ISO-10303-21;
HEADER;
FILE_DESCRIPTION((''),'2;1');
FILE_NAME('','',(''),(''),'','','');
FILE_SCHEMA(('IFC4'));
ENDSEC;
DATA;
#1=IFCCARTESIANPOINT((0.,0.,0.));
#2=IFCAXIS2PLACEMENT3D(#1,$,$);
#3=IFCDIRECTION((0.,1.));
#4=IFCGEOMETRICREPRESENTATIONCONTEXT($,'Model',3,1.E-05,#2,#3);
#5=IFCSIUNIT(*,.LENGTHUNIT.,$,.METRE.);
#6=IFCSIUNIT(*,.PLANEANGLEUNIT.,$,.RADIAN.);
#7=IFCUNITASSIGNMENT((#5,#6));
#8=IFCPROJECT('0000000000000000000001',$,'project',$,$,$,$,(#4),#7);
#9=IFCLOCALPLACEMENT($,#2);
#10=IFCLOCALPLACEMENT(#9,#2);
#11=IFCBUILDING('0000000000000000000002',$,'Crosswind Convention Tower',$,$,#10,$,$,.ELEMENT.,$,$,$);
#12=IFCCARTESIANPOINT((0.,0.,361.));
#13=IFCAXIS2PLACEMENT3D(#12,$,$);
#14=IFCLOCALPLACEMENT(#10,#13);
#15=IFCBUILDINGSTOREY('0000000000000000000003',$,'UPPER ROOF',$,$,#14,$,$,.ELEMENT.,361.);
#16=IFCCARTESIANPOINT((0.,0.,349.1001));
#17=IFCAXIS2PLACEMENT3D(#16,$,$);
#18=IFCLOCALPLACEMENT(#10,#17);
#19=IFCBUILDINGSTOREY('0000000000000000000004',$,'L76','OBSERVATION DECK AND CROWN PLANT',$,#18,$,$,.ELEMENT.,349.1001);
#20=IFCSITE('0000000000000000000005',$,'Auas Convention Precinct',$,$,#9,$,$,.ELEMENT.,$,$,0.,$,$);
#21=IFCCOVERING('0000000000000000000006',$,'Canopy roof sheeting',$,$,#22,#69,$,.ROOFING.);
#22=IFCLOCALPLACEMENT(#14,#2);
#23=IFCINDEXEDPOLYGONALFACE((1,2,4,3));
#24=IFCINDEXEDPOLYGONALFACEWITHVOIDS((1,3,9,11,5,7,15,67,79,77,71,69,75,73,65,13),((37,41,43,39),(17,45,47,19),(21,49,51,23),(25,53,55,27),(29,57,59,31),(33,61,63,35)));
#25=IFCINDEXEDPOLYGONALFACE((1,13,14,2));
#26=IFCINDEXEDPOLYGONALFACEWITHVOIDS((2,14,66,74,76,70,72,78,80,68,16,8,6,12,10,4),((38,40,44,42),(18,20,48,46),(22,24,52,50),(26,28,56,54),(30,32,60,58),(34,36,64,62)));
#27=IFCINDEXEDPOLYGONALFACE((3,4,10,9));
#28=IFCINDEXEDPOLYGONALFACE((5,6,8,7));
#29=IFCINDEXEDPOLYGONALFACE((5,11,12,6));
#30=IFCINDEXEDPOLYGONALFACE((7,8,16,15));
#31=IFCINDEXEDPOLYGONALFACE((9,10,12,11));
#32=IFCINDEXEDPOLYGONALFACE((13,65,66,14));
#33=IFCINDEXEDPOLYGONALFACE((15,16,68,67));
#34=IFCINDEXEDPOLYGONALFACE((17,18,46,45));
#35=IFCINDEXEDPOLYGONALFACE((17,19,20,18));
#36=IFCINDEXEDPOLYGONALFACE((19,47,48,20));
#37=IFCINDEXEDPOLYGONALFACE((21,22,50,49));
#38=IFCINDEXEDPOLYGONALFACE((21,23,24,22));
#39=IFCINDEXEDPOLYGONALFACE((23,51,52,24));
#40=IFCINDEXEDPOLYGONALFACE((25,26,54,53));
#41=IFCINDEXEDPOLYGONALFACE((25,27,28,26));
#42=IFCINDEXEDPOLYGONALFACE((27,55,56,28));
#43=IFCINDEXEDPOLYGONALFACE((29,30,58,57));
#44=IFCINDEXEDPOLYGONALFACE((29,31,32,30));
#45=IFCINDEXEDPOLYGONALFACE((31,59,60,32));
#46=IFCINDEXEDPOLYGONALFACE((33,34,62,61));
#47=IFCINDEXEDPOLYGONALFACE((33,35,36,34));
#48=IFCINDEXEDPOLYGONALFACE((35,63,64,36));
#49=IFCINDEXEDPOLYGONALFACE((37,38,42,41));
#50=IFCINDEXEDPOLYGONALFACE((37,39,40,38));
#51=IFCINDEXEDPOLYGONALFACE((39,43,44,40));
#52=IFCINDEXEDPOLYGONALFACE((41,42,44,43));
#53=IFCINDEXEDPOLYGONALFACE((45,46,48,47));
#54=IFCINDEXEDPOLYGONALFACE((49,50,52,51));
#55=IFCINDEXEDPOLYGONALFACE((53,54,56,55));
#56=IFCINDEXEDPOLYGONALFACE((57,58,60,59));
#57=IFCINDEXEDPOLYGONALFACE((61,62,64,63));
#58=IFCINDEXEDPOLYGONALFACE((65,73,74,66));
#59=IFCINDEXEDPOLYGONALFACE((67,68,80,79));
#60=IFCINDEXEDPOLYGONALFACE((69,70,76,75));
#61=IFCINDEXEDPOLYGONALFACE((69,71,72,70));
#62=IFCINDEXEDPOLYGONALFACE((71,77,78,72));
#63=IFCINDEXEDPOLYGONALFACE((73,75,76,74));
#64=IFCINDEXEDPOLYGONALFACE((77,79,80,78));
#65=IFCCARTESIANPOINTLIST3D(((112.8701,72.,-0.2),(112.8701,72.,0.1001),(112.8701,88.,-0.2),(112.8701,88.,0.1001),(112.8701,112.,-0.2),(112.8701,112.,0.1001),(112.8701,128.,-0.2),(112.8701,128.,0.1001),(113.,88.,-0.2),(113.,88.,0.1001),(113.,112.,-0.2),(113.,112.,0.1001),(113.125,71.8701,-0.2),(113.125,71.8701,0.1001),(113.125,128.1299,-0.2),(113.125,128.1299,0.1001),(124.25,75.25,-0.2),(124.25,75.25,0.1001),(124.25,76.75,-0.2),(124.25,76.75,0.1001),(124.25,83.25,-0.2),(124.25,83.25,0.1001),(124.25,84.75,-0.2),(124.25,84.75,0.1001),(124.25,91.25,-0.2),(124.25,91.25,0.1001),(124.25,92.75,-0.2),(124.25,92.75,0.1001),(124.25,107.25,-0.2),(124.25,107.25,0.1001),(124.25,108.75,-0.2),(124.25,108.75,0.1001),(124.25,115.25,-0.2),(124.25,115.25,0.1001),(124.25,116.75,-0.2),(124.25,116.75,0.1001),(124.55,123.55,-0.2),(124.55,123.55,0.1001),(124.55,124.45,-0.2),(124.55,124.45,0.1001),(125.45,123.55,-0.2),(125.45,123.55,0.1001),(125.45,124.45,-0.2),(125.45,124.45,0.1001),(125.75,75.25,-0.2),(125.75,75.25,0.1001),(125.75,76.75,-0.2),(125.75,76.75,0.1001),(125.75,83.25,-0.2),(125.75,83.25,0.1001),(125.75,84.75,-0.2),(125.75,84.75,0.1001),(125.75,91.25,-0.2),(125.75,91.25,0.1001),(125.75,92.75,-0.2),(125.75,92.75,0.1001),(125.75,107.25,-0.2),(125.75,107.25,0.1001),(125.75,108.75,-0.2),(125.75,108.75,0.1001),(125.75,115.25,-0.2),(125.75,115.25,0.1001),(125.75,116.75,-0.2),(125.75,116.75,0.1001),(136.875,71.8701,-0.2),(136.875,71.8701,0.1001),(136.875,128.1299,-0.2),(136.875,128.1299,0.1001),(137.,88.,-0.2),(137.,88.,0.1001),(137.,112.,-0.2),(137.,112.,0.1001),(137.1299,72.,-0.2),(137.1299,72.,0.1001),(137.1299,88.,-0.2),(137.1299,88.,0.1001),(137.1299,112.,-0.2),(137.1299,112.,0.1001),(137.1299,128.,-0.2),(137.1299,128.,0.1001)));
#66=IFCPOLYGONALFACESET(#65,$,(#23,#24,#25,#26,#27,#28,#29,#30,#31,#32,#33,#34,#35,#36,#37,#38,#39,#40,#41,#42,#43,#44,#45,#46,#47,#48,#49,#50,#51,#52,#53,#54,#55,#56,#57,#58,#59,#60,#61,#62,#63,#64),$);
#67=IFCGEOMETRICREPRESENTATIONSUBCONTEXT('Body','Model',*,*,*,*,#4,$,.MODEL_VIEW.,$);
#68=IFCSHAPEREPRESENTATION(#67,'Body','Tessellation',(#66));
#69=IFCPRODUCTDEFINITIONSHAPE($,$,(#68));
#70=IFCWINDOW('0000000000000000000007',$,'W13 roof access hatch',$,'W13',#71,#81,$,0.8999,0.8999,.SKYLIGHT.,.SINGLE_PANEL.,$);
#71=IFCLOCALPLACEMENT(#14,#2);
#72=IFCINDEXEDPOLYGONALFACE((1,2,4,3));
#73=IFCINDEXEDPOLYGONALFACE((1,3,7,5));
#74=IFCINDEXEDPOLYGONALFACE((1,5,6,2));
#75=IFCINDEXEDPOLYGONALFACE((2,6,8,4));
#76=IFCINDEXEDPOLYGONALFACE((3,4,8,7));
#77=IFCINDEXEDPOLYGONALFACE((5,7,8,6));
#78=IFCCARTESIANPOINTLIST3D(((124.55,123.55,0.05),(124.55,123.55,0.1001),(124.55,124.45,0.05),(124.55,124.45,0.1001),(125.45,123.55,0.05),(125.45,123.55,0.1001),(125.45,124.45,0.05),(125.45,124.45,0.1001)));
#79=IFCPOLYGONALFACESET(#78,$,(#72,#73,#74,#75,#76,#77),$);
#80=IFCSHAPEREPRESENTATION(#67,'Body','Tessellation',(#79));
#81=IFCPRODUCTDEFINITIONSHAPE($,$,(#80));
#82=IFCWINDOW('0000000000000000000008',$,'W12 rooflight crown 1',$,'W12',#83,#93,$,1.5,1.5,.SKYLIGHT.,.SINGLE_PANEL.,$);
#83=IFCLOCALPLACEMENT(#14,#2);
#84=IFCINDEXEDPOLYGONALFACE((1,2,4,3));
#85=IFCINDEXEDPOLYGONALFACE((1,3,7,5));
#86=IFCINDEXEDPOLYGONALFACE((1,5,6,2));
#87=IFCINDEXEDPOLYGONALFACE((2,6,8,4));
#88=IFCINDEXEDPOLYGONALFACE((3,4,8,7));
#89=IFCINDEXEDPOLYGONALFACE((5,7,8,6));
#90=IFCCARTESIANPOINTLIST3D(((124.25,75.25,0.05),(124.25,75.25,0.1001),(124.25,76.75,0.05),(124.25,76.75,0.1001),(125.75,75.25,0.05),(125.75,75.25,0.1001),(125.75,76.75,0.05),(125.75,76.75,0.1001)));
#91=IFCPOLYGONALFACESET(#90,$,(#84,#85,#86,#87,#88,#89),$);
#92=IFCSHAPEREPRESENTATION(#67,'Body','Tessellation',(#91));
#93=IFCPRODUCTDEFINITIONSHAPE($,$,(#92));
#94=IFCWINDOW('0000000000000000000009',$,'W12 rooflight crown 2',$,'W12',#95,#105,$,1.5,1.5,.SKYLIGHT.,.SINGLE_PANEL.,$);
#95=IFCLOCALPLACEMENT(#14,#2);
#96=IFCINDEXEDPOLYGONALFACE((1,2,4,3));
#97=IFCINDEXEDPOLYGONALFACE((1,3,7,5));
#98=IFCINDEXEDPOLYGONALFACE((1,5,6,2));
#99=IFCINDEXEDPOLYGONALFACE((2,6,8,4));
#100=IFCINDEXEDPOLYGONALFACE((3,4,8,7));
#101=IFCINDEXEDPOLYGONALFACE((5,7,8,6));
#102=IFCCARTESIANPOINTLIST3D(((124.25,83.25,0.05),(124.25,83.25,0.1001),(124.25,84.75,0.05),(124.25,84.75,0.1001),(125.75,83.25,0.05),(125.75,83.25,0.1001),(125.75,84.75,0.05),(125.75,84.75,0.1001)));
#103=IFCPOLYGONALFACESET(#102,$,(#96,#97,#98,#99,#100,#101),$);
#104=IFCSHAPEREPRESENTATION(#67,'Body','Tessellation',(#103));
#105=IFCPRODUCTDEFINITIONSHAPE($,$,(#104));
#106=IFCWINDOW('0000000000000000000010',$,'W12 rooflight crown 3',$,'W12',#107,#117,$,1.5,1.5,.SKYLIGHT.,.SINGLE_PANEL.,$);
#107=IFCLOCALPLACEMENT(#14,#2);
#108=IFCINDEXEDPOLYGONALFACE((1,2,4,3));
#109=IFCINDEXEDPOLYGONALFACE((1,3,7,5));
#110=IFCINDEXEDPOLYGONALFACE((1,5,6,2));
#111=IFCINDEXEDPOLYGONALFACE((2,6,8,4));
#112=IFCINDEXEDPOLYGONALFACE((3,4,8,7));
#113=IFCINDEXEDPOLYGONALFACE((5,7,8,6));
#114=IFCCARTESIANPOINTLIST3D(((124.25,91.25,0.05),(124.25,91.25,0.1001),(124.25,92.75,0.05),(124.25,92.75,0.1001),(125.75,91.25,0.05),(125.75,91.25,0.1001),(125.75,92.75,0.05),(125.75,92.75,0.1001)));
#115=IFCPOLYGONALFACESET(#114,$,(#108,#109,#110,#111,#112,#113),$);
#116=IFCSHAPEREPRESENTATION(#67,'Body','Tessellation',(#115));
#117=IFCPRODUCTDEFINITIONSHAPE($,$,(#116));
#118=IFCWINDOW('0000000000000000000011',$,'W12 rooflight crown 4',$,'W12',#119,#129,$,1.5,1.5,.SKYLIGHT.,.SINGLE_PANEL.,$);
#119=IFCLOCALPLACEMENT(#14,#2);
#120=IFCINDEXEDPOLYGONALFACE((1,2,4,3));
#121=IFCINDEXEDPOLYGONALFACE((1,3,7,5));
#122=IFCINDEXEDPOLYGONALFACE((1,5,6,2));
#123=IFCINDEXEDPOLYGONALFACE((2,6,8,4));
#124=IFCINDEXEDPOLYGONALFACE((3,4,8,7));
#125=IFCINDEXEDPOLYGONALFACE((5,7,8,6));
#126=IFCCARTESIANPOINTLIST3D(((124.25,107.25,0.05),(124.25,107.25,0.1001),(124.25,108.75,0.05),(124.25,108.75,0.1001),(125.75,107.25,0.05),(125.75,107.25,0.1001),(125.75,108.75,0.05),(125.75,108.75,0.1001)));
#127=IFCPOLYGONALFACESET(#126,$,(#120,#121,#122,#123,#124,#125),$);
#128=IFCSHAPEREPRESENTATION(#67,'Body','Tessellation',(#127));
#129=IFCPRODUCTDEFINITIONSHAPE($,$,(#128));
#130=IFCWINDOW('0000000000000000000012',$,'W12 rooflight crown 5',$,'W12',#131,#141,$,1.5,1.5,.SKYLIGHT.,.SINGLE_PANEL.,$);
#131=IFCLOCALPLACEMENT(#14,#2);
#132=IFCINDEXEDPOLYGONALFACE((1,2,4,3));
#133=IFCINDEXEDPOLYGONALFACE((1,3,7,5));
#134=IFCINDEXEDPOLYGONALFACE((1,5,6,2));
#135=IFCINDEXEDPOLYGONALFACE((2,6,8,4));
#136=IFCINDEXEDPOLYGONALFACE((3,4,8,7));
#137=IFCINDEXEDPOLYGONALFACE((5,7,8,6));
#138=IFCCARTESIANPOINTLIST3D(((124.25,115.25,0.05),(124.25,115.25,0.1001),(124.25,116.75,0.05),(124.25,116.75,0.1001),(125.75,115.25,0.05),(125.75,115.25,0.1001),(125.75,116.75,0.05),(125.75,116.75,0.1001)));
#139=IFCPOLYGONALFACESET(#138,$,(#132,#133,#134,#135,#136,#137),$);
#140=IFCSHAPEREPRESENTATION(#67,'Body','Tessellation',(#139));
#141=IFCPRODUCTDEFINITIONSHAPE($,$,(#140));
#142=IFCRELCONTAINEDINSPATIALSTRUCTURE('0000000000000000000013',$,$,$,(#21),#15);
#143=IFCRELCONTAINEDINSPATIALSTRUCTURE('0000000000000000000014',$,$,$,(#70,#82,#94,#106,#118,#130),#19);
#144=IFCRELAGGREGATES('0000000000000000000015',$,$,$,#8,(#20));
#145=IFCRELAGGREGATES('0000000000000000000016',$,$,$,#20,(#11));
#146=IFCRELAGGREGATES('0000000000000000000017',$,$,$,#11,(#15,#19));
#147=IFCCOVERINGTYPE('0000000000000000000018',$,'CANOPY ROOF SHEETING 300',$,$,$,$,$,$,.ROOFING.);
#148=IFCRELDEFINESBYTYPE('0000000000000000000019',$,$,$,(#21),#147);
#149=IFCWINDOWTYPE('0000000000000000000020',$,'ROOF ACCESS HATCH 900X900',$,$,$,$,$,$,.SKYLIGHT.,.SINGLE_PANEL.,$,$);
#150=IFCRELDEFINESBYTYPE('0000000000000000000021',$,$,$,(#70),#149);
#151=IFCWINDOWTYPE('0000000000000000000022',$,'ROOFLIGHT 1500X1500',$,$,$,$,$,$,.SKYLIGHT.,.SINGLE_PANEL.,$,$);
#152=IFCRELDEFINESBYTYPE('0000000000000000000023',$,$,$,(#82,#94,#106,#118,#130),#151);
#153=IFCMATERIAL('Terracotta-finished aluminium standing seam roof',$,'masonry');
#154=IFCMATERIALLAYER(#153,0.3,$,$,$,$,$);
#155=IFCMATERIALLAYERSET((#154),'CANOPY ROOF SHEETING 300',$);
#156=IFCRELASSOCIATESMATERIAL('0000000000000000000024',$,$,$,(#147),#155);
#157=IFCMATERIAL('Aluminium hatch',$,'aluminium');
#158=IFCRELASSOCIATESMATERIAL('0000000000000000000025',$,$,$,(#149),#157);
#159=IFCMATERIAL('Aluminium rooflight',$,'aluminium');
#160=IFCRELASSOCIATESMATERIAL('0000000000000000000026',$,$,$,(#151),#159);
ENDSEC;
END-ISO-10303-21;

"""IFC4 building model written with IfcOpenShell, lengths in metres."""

from ifc_helpers import new_model, si_unit, direction, frame, origin, origin_2d, place, context, subcontext, project, spatial, polyline, rectangle, outline, extrude, material, layer, layer_set, type_object, element, fill, save


model = new_model("IFC4")

# Units and contexts
model_context = context("Model", 3, precision=1e-05, world=origin(), true_north=direction((0.0, 1.0)))
body_context = subcontext(model_context, "Body", "Model", "MODEL_VIEW")
ifc_project = project(units=[si_unit("LENGTHUNIT", "METRE"), si_unit("PLANEANGLEUNIT", "RADIAN")], contexts=[model_context])

# Site, building, storey
site_placement = place(None, origin())
site = spatial("IfcSite", under=ifc_project, at=site_placement, Name="Auas Convention Precinct", CompositionType="ELEMENT", RefElevation=0.0)
building_placement = place(site_placement, origin())
building = spatial("IfcBuilding", under=site, at=building_placement, Name="Crosswind Convention Tower", CompositionType="ELEMENT")
storey_1_placement = place(building_placement, frame((0.0, 0.0, 361.0)))
storey_1 = spatial("IfcBuildingStorey", under=building, at=storey_1_placement, Name="UPPER ROOF", CompositionType="ELEMENT", Elevation=361.0)

# Covering, openings
ifc_material_1 = material(Name="Terracotta-finished aluminium standing seam roof", Category="masonry")
ifc_layer_1 = layer(ifc_material_1, 0.3)
ifc_layer_set_1 = layer_set([ifc_layer_1], Name="CANOPY ROOF SHEETING 300")
covering_type = type_object("IfcCoveringType", Name="CANOPY ROOF SHEETING 300", PredefinedType="ROOFING", material=ifc_layer_set_1)
covering_placement = place(storey_1_placement, frame((0.0, 0.0, -0.2)))
covering = element("IfcCovering", 1, at=covering_placement, inside=storey_1, type_object=covering_type, Name="Canopy roof sheeting", PredefinedType="ROOFING", context=body_context, shape_type="SweptSolid", body=[
    extrude(outline(polyline([(112.8701, 88.0), (113.0, 88.0), (113.0, 112.0), (112.8701, 112.0), (112.8701, 128.0), (113.125, 128.1299), (136.875, 128.1299), (137.1299, 128.0), (137.1299, 112.0), (137.0, 112.0), (137.0, 88.0), (137.1299, 88.0), (137.1299, 72.0), (136.875, 71.8701), (113.125, 71.8701), (112.8701, 72.0), (112.8701, 88.0)])), origin(), (0.0, 0.0, 1.0), 0.3),
])
opening_1_placement = place(covering_placement, frame((125.0, 76.0, 0.0)))
opening_1 = element("IfcOpeningElement", 2, at=opening_1_placement, cuts=covering, PredefinedType="OPENING", context=body_context, shape_type="SweptSolid", body=[
    extrude(rectangle(XDim=1.5, YDim=1.5, at=origin_2d()), origin(), (0.0, 0.0, 1.0), 0.3),
])
opening_2_placement = place(covering_placement, frame((125.0, 84.0, 0.0)))
opening_2 = element("IfcOpeningElement", 3, at=opening_2_placement, cuts=covering, PredefinedType="OPENING", context=body_context, shape_type="SweptSolid", body=[
    extrude(rectangle(XDim=1.5, YDim=1.5, at=origin_2d()), origin(), (0.0, 0.0, 1.0), 0.3),
])
opening_3_placement = place(covering_placement, frame((125.0, 92.0, 0.0)))
opening_3 = element("IfcOpeningElement", 4, at=opening_3_placement, cuts=covering, PredefinedType="OPENING", context=body_context, shape_type="SweptSolid", body=[
    extrude(rectangle(XDim=1.5, YDim=1.5, at=origin_2d()), origin(), (0.0, 0.0, 1.0), 0.3),
])
opening_4_placement = place(covering_placement, frame((125.0, 108.0, 0.0)))
opening_4 = element("IfcOpeningElement", 5, at=opening_4_placement, cuts=covering, PredefinedType="OPENING", context=body_context, shape_type="SweptSolid", body=[
    extrude(rectangle(XDim=1.5, YDim=1.5, at=origin_2d()), origin(), (0.0, 0.0, 1.0), 0.3),
])
opening_5_placement = place(covering_placement, frame((125.0, 116.0, 0.0)))
opening_5 = element("IfcOpeningElement", 6, at=opening_5_placement, cuts=covering, PredefinedType="OPENING", context=body_context, shape_type="SweptSolid", body=[
    extrude(rectangle(XDim=1.5, YDim=1.5, at=origin_2d()), origin(), (0.0, 0.0, 1.0), 0.3),
])
opening_6_placement = place(covering_placement, frame((125.0, 124.0, 0.0)))
opening_6 = element("IfcOpeningElement", 7, at=opening_6_placement, cuts=covering, PredefinedType="OPENING", context=body_context, shape_type="SweptSolid", body=[
    extrude(rectangle(XDim=0.8999, YDim=0.8999, at=origin_2d()), origin(), (0.0, 0.0, 1.0), 0.3),
])

# Shared definitions
storey_2_placement = place(building_placement, frame((0.0, 0.0, 349.1001)))
storey_2 = spatial("IfcBuildingStorey", under=building, at=storey_2_placement, Name="L76", Description="OBSERVATION DECK AND CROWN PLANT", CompositionType="ELEMENT", Elevation=349.1001)

# Windows
ifc_material_2 = material(Name="Aluminium hatch", Category="aluminium")
window_type_1 = type_object("IfcWindowType", Name="ROOF ACCESS HATCH 900X900", PartitioningType="SINGLE_PANEL", PredefinedType="SKYLIGHT", material=ifc_material_2)
window_1_placement = place(opening_6_placement, frame((0.0, 0.0, 0.25)))
window_1 = element("IfcWindow", 8, at=window_1_placement, inside=storey_2, type_object=window_type_1, Name="W13 roof access hatch", ObjectType="W13", OverallHeight=0.8999, OverallWidth=0.8999, PartitioningType="SINGLE_PANEL", PredefinedType="SKYLIGHT", context=body_context, shape_type="SweptSolid", body=[
    extrude(rectangle(XDim=0.8999, YDim=0.8999, at=origin_2d()), origin(), (0.0, 0.0, 1.0), 0.05),
])
fill(opening_6, window_1)
ifc_material_3 = material(Name="Aluminium rooflight", Category="aluminium")
window_type_2 = type_object("IfcWindowType", Name="ROOFLIGHT 1500X1500", PartitioningType="SINGLE_PANEL", PredefinedType="SKYLIGHT", material=ifc_material_3)
window_2_placement = place(opening_1_placement, frame((0.0, 0.0, 0.25)))
window_2 = element("IfcWindow", 9, at=window_2_placement, inside=storey_2, type_object=window_type_2, Name="W12 rooflight crown 1", ObjectType="W12", OverallHeight=1.5, OverallWidth=1.5, PartitioningType="SINGLE_PANEL", PredefinedType="SKYLIGHT", context=body_context, shape_type="SweptSolid", body=[
    extrude(rectangle(XDim=1.5, YDim=1.5, at=origin_2d()), origin(), (0.0, 0.0, 1.0), 0.05),
])
fill(opening_1, window_2)
window_3_placement = place(opening_2_placement, frame((0.0, 0.0, 0.25)))
window_3 = element("IfcWindow", 10, at=window_3_placement, inside=storey_2, type_object=window_type_2, Name="W12 rooflight crown 2", ObjectType="W12", OverallHeight=1.5, OverallWidth=1.5, PartitioningType="SINGLE_PANEL", PredefinedType="SKYLIGHT", context=body_context, shape_type="SweptSolid", body=[
    extrude(rectangle(XDim=1.5, YDim=1.5, at=origin_2d()), origin(), (0.0, 0.0, 1.0), 0.05),
])
fill(opening_2, window_3)
window_4_placement = place(opening_3_placement, frame((0.0, 0.0, 0.25)))
window_4 = element("IfcWindow", 11, at=window_4_placement, inside=storey_2, type_object=window_type_2, Name="W12 rooflight crown 3", ObjectType="W12", OverallHeight=1.5, OverallWidth=1.5, PartitioningType="SINGLE_PANEL", PredefinedType="SKYLIGHT", context=body_context, shape_type="SweptSolid", body=[
    extrude(rectangle(XDim=1.5, YDim=1.5, at=origin_2d()), origin(), (0.0, 0.0, 1.0), 0.05),
])
fill(opening_3, window_4)
window_5_placement = place(opening_4_placement, frame((0.0, 0.0, 0.25)))
window_5 = element("IfcWindow", 12, at=window_5_placement, inside=storey_2, type_object=window_type_2, Name="W12 rooflight crown 4", ObjectType="W12", OverallHeight=1.5, OverallWidth=1.5, PartitioningType="SINGLE_PANEL", PredefinedType="SKYLIGHT", context=body_context, shape_type="SweptSolid", body=[
    extrude(rectangle(XDim=1.5, YDim=1.5, at=origin_2d()), origin(), (0.0, 0.0, 1.0), 0.05),
])
fill(opening_4, window_5)
window_6_placement = place(opening_5_placement, frame((0.0, 0.0, 0.25)))
window_6 = element("IfcWindow", 13, at=window_6_placement, inside=storey_2, type_object=window_type_2, Name="W12 rooflight crown 5", ObjectType="W12", OverallHeight=1.5, OverallWidth=1.5, PartitioningType="SINGLE_PANEL", PredefinedType="SKYLIGHT", context=body_context, shape_type="SweptSolid", body=[
    extrude(rectangle(XDim=1.5, YDim=1.5, at=origin_2d()), origin(), (0.0, 0.0, 1.0), 0.05),
])
fill(opening_5, window_6)

save(model, "model.ifc")
